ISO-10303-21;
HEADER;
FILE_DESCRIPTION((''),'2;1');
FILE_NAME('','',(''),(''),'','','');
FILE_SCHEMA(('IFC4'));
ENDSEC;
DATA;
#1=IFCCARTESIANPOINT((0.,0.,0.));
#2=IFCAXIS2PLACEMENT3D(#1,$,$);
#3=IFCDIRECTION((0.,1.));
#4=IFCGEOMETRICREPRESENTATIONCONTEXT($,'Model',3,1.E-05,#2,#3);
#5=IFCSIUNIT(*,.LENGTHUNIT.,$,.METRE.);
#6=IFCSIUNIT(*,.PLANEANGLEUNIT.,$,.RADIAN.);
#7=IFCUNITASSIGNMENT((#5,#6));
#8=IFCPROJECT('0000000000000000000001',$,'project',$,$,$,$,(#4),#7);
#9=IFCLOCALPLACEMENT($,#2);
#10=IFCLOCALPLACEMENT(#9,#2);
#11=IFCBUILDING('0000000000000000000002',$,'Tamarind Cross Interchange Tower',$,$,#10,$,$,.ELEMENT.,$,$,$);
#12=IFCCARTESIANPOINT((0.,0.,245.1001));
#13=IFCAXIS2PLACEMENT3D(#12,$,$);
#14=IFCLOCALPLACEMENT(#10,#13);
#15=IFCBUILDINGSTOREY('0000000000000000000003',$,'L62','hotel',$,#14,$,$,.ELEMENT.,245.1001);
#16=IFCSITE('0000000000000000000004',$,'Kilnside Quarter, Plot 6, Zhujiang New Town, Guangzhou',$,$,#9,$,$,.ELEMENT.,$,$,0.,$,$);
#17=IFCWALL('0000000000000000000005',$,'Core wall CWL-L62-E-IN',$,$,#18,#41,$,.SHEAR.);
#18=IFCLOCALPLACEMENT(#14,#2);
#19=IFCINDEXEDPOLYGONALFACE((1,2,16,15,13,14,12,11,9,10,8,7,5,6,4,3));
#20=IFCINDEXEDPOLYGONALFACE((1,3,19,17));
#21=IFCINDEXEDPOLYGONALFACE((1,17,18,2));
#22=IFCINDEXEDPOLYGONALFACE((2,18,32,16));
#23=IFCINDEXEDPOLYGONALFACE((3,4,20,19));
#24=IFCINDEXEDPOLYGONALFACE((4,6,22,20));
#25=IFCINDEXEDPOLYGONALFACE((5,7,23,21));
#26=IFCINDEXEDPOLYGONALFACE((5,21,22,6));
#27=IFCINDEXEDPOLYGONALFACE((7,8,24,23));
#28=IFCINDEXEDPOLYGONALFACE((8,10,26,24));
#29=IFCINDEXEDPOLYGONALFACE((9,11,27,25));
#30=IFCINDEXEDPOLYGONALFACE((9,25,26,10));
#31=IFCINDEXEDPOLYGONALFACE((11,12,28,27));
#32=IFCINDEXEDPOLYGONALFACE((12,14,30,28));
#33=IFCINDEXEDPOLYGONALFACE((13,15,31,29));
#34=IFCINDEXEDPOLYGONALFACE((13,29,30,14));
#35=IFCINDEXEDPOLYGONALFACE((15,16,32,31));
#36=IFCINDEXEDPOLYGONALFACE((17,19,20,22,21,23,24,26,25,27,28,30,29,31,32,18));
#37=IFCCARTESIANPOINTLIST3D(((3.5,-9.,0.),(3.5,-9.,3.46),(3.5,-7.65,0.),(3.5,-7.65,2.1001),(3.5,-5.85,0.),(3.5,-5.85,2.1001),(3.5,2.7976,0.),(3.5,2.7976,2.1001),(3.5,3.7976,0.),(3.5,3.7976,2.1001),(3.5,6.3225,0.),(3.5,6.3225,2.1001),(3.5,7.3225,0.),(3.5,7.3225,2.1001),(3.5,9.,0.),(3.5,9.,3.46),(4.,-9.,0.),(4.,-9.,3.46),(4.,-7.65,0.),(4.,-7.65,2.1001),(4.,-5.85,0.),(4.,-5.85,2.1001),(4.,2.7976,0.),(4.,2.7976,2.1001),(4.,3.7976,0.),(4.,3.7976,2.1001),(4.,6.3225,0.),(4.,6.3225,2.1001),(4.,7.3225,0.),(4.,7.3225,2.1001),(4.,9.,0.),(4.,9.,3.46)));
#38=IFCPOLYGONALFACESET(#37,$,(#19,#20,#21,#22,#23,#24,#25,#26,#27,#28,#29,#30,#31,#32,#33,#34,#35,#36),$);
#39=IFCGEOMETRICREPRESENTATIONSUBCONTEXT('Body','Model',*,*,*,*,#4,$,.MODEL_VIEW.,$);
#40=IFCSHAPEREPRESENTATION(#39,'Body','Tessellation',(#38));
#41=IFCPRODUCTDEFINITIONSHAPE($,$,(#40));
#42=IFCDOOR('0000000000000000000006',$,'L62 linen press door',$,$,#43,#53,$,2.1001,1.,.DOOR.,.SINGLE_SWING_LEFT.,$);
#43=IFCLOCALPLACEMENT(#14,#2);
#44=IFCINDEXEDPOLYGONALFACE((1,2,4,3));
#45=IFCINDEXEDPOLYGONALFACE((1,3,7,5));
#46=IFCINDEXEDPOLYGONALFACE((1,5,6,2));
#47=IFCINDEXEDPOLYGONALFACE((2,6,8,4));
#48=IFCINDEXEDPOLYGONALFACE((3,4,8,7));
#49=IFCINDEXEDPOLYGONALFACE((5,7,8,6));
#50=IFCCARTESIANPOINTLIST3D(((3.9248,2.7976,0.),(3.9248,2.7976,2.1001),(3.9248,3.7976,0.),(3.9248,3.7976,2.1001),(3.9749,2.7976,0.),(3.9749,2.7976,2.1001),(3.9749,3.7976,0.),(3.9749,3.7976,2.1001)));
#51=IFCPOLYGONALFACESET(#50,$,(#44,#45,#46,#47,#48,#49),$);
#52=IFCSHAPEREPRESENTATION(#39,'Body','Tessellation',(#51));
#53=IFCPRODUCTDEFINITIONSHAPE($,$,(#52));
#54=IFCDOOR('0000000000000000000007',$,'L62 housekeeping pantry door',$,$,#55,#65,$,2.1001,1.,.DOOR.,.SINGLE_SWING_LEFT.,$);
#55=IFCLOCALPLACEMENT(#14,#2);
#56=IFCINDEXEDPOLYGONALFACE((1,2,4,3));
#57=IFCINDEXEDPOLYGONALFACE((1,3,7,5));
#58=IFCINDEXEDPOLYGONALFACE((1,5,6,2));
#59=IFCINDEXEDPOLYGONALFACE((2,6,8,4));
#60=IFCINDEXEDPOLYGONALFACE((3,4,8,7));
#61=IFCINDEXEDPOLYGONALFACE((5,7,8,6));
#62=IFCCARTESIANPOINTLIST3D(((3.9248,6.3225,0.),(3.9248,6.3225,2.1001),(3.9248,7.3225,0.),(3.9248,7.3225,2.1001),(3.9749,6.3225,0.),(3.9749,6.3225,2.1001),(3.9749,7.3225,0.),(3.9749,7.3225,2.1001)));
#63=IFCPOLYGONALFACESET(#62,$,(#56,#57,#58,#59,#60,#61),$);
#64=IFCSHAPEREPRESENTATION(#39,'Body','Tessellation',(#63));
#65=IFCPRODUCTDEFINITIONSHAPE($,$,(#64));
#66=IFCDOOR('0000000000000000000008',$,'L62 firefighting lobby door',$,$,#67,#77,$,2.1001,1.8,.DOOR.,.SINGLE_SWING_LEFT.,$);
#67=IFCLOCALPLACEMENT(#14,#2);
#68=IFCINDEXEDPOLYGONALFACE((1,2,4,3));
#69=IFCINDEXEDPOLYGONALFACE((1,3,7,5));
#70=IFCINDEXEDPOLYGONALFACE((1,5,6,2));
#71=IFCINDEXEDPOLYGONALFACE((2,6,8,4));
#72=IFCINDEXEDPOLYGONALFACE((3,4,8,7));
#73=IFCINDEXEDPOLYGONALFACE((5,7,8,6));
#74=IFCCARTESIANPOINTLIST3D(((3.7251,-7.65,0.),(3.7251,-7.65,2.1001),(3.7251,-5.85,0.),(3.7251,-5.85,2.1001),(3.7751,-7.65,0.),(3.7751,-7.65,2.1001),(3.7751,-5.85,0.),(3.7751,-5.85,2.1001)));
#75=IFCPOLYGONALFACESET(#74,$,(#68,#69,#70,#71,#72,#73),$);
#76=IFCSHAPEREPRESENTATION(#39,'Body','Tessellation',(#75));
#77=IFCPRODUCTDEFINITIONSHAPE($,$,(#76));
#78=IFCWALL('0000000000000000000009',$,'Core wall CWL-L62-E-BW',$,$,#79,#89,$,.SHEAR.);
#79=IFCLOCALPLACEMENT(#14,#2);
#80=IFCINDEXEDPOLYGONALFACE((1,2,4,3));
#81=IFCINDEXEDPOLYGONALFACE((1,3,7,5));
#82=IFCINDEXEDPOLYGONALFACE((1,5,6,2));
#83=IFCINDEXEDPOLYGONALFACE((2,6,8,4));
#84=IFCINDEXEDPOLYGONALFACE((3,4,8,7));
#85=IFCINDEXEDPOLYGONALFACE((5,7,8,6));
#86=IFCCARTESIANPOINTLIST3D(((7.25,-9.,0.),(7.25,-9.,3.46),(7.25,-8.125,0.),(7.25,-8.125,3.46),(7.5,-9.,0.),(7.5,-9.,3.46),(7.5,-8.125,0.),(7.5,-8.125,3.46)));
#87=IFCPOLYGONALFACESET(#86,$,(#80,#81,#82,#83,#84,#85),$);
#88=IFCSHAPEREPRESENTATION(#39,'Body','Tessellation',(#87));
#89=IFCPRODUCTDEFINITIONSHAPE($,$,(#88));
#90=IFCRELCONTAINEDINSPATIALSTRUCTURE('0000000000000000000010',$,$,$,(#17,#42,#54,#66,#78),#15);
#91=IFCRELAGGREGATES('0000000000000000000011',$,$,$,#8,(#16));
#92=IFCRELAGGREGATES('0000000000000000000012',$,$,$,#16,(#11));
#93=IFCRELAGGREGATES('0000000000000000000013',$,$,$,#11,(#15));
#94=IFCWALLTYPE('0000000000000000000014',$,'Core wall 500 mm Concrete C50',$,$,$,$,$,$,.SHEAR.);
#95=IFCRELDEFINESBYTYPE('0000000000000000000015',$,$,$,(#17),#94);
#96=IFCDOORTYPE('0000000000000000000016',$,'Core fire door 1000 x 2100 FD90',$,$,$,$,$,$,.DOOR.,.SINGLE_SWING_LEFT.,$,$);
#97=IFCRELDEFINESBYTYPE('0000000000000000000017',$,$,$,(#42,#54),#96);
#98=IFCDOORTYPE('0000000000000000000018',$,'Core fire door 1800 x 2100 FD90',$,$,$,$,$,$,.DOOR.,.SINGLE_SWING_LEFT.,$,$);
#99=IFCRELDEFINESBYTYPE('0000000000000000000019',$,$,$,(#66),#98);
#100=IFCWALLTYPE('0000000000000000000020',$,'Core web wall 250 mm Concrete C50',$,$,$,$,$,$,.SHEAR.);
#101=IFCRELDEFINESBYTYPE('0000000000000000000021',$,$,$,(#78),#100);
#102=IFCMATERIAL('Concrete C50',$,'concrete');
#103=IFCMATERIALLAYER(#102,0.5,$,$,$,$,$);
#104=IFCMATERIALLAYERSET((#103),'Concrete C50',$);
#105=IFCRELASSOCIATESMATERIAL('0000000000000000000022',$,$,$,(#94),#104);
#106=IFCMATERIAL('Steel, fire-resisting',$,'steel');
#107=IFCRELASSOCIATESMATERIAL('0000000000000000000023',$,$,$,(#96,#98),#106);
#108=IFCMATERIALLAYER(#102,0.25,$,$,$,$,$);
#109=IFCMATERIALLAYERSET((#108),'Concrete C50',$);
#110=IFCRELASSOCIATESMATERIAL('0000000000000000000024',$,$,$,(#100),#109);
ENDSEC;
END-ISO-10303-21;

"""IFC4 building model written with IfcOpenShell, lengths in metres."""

from ifc_helpers import new_model, si_unit, direction, frame, frame_2d, origin, place, context, subcontext, project, spatial, rectangle, extrude, material, layer, layer_set, type_object, element, fill, save


model = new_model("IFC4")

# Units and contexts
model_context = context("Model", 3, precision=1e-05, world=origin(), true_north=direction((0.0, 1.0)))
body_context = subcontext(model_context, "Body", "Model", "MODEL_VIEW")
ifc_project = project(units=[si_unit("LENGTHUNIT", "METRE"), si_unit("PLANEANGLEUNIT", "RADIAN")], contexts=[model_context])

# Site, building, storey
site_placement = place(None, origin())
site = spatial("IfcSite", under=ifc_project, at=site_placement, Name="Kilnside Quarter, Plot 6, Zhujiang New Town, Guangzhou", CompositionType="ELEMENT", RefElevation=0.0)
building_placement = place(site_placement, origin())
building = spatial("IfcBuilding", under=site, at=building_placement, Name="Tamarind Cross Interchange Tower", CompositionType="ELEMENT")
storey_placement = place(building_placement, frame((0.0, 0.0, 245.1001)))
storey = spatial("IfcBuildingStorey", under=building, at=storey_placement, Name="L62", Description="hotel", CompositionType="ELEMENT", Elevation=245.1001)

# Wall, openings, doors
ifc_material_1 = material(Name="Concrete C50", Category="concrete")
ifc_layer_1 = layer(ifc_material_1, 0.5)
ifc_layer_set_1 = layer_set([ifc_layer_1], Name="Concrete C50")
wall_type_1 = type_object("IfcWallType", Name="Core wall 500 mm Concrete C50", PredefinedType="SHEAR", material=ifc_layer_set_1)
wall_1_placement = place(storey_placement, frame((3.75, -9.0, 0.0), z_axis=(0.0, 0.0, 1.0), x_axis=(0.0, 1.0, 0.0)))
wall_1 = element("IfcWall", 1, at=wall_1_placement, inside=storey, type_object=wall_type_1, Name="Core wall CWL-L62-E-IN", PredefinedType="SHEAR", context=body_context, shape_type="SweptSolid", body=[
    extrude(rectangle(XDim=18.0, YDim=0.5, at=frame_2d((9.0, 0.0))), origin(), (0.0, 0.0, 1.0), 3.46),
])
opening_1_placement = place(wall_1_placement, frame((1.3501, 0.0, 0.0)))
opening_1 = element("IfcOpeningElement", 2, at=opening_1_placement, cuts=wall_1, PredefinedType="OPENING", context=body_context, shape_type="SweptSolid", body=[
    extrude(rectangle(XDim=1.8, YDim=2.1001, at=frame_2d((0.8999, 1.05))), frame((0.0, 0.26, 0.0), z_axis=(0.0, -1.0, 0.0), x_axis=(1.0, 0.0, 0.0)), (0.0, 0.0, 1.0), 0.52),
])
opening_2_placement = place(wall_1_placement, frame((11.7976, 0.0, 0.0)))
opening_2 = element("IfcOpeningElement", 3, at=opening_2_placement, cuts=wall_1, PredefinedType="OPENING", context=body_context, shape_type="SweptSolid", body=[
    extrude(rectangle(XDim=1.0, YDim=2.1001, at=frame_2d((0.5, 1.05))), frame((0.0, 0.26, 0.0), z_axis=(0.0, -1.0, 0.0), x_axis=(1.0, 0.0, 0.0)), (0.0, 0.0, 1.0), 0.52),
])
opening_3_placement = place(wall_1_placement, frame((15.3225, 0.0, 0.0)))
opening_3 = element("IfcOpeningElement", 4, at=opening_3_placement, cuts=wall_1, PredefinedType="OPENING", context=body_context, shape_type="SweptSolid", body=[
    extrude(rectangle(XDim=1.0, YDim=2.1001, at=frame_2d((0.5, 1.05))), frame((0.0, 0.26, 0.0), z_axis=(0.0, -1.0, 0.0), x_axis=(1.0, 0.0, 0.0)), (0.0, 0.0, 1.0), 0.52),
])
ifc_material_2 = material(Name="Steel, fire-resisting", Category="steel")
door_type_1 = type_object("IfcDoorType", Name="Core fire door 1000 x 2100 FD90", OperationType="SINGLE_SWING_LEFT", PredefinedType="DOOR", material=ifc_material_2)
door_1_placement = place(opening_2_placement, origin())
door_1 = element("IfcDoor", 5, at=door_1_placement, inside=storey, type_object=door_type_1, Name="L62 linen press door", OperationType="SINGLE_SWING_LEFT", OverallHeight=2.1001, OverallWidth=1.0, PredefinedType="DOOR", context=body_context, shape_type="SweptSolid", body=[
    extrude(rectangle(XDim=1.0, YDim=2.1001, at=frame_2d((0.5, 1.05))), frame((0.0, -0.1748, 0.0), z_axis=(0.0, -1.0, 0.0), x_axis=(1.0, 0.0, 0.0)), (0.0, 0.0, 1.0), 0.05),
])
fill(opening_2, door_1)
door_2_placement = place(opening_3_placement, origin())
door_2 = element("IfcDoor", 6, at=door_2_placement, inside=storey, type_object=door_type_1, Name="L62 housekeeping pantry door", OperationType="SINGLE_SWING_LEFT", OverallHeight=2.1001, OverallWidth=1.0, PredefinedType="DOOR", context=body_context, shape_type="SweptSolid", body=[
    extrude(rectangle(XDim=1.0, YDim=2.1001, at=frame_2d((0.5, 1.05))), frame((0.0, -0.1748, 0.0), z_axis=(0.0, -1.0, 0.0), x_axis=(1.0, 0.0, 0.0)), (0.0, 0.0, 1.0), 0.05),
])
fill(opening_3, door_2)
door_type_2 = type_object("IfcDoorType", Name="Core fire door 1800 x 2100 FD90", OperationType="SINGLE_SWING_LEFT", PredefinedType="DOOR", material=ifc_material_2)
door_3_placement = place(opening_1_placement, origin())
door_3 = element("IfcDoor", 7, at=door_3_placement, inside=storey, type_object=door_type_2, Name="L62 firefighting lobby door", OperationType="SINGLE_SWING_LEFT", OverallHeight=2.1001, OverallWidth=1.8, PredefinedType="DOOR", context=body_context, shape_type="SweptSolid", body=[
    extrude(rectangle(XDim=1.8, YDim=2.1001, at=frame_2d((0.8999, 1.05))), frame((0.0, 0.0249, 0.0), z_axis=(0.0, -1.0, 0.0), x_axis=(1.0, 0.0, 0.0)), (0.0, 0.0, 1.0), 0.05),
])
fill(opening_1, door_3)

# Wall
ifc_layer_2 = layer(ifc_material_1, 0.25)
ifc_layer_set_2 = layer_set([ifc_layer_2], Name="Concrete C50")
wall_type_2 = type_object("IfcWallType", Name="Core web wall 250 mm Concrete C50", PredefinedType="SHEAR", material=ifc_layer_set_2)
wall_2_placement = place(storey_placement, frame((7.375, -9.0, 0.0), z_axis=(0.0, 0.0, 1.0), x_axis=(0.0, 1.0, 0.0)))
element("IfcWall", 8, at=wall_2_placement, inside=storey, type_object=wall_type_2, Name="Core wall CWL-L62-E-BW", PredefinedType="SHEAR", context=body_context, shape_type="SweptSolid", body=[
    extrude(rectangle(XDim=0.875, YDim=0.25, at=frame_2d((0.4375, 0.0))), origin(), (0.0, 0.0, 1.0), 3.46),
])

save(model, "model.ifc")
